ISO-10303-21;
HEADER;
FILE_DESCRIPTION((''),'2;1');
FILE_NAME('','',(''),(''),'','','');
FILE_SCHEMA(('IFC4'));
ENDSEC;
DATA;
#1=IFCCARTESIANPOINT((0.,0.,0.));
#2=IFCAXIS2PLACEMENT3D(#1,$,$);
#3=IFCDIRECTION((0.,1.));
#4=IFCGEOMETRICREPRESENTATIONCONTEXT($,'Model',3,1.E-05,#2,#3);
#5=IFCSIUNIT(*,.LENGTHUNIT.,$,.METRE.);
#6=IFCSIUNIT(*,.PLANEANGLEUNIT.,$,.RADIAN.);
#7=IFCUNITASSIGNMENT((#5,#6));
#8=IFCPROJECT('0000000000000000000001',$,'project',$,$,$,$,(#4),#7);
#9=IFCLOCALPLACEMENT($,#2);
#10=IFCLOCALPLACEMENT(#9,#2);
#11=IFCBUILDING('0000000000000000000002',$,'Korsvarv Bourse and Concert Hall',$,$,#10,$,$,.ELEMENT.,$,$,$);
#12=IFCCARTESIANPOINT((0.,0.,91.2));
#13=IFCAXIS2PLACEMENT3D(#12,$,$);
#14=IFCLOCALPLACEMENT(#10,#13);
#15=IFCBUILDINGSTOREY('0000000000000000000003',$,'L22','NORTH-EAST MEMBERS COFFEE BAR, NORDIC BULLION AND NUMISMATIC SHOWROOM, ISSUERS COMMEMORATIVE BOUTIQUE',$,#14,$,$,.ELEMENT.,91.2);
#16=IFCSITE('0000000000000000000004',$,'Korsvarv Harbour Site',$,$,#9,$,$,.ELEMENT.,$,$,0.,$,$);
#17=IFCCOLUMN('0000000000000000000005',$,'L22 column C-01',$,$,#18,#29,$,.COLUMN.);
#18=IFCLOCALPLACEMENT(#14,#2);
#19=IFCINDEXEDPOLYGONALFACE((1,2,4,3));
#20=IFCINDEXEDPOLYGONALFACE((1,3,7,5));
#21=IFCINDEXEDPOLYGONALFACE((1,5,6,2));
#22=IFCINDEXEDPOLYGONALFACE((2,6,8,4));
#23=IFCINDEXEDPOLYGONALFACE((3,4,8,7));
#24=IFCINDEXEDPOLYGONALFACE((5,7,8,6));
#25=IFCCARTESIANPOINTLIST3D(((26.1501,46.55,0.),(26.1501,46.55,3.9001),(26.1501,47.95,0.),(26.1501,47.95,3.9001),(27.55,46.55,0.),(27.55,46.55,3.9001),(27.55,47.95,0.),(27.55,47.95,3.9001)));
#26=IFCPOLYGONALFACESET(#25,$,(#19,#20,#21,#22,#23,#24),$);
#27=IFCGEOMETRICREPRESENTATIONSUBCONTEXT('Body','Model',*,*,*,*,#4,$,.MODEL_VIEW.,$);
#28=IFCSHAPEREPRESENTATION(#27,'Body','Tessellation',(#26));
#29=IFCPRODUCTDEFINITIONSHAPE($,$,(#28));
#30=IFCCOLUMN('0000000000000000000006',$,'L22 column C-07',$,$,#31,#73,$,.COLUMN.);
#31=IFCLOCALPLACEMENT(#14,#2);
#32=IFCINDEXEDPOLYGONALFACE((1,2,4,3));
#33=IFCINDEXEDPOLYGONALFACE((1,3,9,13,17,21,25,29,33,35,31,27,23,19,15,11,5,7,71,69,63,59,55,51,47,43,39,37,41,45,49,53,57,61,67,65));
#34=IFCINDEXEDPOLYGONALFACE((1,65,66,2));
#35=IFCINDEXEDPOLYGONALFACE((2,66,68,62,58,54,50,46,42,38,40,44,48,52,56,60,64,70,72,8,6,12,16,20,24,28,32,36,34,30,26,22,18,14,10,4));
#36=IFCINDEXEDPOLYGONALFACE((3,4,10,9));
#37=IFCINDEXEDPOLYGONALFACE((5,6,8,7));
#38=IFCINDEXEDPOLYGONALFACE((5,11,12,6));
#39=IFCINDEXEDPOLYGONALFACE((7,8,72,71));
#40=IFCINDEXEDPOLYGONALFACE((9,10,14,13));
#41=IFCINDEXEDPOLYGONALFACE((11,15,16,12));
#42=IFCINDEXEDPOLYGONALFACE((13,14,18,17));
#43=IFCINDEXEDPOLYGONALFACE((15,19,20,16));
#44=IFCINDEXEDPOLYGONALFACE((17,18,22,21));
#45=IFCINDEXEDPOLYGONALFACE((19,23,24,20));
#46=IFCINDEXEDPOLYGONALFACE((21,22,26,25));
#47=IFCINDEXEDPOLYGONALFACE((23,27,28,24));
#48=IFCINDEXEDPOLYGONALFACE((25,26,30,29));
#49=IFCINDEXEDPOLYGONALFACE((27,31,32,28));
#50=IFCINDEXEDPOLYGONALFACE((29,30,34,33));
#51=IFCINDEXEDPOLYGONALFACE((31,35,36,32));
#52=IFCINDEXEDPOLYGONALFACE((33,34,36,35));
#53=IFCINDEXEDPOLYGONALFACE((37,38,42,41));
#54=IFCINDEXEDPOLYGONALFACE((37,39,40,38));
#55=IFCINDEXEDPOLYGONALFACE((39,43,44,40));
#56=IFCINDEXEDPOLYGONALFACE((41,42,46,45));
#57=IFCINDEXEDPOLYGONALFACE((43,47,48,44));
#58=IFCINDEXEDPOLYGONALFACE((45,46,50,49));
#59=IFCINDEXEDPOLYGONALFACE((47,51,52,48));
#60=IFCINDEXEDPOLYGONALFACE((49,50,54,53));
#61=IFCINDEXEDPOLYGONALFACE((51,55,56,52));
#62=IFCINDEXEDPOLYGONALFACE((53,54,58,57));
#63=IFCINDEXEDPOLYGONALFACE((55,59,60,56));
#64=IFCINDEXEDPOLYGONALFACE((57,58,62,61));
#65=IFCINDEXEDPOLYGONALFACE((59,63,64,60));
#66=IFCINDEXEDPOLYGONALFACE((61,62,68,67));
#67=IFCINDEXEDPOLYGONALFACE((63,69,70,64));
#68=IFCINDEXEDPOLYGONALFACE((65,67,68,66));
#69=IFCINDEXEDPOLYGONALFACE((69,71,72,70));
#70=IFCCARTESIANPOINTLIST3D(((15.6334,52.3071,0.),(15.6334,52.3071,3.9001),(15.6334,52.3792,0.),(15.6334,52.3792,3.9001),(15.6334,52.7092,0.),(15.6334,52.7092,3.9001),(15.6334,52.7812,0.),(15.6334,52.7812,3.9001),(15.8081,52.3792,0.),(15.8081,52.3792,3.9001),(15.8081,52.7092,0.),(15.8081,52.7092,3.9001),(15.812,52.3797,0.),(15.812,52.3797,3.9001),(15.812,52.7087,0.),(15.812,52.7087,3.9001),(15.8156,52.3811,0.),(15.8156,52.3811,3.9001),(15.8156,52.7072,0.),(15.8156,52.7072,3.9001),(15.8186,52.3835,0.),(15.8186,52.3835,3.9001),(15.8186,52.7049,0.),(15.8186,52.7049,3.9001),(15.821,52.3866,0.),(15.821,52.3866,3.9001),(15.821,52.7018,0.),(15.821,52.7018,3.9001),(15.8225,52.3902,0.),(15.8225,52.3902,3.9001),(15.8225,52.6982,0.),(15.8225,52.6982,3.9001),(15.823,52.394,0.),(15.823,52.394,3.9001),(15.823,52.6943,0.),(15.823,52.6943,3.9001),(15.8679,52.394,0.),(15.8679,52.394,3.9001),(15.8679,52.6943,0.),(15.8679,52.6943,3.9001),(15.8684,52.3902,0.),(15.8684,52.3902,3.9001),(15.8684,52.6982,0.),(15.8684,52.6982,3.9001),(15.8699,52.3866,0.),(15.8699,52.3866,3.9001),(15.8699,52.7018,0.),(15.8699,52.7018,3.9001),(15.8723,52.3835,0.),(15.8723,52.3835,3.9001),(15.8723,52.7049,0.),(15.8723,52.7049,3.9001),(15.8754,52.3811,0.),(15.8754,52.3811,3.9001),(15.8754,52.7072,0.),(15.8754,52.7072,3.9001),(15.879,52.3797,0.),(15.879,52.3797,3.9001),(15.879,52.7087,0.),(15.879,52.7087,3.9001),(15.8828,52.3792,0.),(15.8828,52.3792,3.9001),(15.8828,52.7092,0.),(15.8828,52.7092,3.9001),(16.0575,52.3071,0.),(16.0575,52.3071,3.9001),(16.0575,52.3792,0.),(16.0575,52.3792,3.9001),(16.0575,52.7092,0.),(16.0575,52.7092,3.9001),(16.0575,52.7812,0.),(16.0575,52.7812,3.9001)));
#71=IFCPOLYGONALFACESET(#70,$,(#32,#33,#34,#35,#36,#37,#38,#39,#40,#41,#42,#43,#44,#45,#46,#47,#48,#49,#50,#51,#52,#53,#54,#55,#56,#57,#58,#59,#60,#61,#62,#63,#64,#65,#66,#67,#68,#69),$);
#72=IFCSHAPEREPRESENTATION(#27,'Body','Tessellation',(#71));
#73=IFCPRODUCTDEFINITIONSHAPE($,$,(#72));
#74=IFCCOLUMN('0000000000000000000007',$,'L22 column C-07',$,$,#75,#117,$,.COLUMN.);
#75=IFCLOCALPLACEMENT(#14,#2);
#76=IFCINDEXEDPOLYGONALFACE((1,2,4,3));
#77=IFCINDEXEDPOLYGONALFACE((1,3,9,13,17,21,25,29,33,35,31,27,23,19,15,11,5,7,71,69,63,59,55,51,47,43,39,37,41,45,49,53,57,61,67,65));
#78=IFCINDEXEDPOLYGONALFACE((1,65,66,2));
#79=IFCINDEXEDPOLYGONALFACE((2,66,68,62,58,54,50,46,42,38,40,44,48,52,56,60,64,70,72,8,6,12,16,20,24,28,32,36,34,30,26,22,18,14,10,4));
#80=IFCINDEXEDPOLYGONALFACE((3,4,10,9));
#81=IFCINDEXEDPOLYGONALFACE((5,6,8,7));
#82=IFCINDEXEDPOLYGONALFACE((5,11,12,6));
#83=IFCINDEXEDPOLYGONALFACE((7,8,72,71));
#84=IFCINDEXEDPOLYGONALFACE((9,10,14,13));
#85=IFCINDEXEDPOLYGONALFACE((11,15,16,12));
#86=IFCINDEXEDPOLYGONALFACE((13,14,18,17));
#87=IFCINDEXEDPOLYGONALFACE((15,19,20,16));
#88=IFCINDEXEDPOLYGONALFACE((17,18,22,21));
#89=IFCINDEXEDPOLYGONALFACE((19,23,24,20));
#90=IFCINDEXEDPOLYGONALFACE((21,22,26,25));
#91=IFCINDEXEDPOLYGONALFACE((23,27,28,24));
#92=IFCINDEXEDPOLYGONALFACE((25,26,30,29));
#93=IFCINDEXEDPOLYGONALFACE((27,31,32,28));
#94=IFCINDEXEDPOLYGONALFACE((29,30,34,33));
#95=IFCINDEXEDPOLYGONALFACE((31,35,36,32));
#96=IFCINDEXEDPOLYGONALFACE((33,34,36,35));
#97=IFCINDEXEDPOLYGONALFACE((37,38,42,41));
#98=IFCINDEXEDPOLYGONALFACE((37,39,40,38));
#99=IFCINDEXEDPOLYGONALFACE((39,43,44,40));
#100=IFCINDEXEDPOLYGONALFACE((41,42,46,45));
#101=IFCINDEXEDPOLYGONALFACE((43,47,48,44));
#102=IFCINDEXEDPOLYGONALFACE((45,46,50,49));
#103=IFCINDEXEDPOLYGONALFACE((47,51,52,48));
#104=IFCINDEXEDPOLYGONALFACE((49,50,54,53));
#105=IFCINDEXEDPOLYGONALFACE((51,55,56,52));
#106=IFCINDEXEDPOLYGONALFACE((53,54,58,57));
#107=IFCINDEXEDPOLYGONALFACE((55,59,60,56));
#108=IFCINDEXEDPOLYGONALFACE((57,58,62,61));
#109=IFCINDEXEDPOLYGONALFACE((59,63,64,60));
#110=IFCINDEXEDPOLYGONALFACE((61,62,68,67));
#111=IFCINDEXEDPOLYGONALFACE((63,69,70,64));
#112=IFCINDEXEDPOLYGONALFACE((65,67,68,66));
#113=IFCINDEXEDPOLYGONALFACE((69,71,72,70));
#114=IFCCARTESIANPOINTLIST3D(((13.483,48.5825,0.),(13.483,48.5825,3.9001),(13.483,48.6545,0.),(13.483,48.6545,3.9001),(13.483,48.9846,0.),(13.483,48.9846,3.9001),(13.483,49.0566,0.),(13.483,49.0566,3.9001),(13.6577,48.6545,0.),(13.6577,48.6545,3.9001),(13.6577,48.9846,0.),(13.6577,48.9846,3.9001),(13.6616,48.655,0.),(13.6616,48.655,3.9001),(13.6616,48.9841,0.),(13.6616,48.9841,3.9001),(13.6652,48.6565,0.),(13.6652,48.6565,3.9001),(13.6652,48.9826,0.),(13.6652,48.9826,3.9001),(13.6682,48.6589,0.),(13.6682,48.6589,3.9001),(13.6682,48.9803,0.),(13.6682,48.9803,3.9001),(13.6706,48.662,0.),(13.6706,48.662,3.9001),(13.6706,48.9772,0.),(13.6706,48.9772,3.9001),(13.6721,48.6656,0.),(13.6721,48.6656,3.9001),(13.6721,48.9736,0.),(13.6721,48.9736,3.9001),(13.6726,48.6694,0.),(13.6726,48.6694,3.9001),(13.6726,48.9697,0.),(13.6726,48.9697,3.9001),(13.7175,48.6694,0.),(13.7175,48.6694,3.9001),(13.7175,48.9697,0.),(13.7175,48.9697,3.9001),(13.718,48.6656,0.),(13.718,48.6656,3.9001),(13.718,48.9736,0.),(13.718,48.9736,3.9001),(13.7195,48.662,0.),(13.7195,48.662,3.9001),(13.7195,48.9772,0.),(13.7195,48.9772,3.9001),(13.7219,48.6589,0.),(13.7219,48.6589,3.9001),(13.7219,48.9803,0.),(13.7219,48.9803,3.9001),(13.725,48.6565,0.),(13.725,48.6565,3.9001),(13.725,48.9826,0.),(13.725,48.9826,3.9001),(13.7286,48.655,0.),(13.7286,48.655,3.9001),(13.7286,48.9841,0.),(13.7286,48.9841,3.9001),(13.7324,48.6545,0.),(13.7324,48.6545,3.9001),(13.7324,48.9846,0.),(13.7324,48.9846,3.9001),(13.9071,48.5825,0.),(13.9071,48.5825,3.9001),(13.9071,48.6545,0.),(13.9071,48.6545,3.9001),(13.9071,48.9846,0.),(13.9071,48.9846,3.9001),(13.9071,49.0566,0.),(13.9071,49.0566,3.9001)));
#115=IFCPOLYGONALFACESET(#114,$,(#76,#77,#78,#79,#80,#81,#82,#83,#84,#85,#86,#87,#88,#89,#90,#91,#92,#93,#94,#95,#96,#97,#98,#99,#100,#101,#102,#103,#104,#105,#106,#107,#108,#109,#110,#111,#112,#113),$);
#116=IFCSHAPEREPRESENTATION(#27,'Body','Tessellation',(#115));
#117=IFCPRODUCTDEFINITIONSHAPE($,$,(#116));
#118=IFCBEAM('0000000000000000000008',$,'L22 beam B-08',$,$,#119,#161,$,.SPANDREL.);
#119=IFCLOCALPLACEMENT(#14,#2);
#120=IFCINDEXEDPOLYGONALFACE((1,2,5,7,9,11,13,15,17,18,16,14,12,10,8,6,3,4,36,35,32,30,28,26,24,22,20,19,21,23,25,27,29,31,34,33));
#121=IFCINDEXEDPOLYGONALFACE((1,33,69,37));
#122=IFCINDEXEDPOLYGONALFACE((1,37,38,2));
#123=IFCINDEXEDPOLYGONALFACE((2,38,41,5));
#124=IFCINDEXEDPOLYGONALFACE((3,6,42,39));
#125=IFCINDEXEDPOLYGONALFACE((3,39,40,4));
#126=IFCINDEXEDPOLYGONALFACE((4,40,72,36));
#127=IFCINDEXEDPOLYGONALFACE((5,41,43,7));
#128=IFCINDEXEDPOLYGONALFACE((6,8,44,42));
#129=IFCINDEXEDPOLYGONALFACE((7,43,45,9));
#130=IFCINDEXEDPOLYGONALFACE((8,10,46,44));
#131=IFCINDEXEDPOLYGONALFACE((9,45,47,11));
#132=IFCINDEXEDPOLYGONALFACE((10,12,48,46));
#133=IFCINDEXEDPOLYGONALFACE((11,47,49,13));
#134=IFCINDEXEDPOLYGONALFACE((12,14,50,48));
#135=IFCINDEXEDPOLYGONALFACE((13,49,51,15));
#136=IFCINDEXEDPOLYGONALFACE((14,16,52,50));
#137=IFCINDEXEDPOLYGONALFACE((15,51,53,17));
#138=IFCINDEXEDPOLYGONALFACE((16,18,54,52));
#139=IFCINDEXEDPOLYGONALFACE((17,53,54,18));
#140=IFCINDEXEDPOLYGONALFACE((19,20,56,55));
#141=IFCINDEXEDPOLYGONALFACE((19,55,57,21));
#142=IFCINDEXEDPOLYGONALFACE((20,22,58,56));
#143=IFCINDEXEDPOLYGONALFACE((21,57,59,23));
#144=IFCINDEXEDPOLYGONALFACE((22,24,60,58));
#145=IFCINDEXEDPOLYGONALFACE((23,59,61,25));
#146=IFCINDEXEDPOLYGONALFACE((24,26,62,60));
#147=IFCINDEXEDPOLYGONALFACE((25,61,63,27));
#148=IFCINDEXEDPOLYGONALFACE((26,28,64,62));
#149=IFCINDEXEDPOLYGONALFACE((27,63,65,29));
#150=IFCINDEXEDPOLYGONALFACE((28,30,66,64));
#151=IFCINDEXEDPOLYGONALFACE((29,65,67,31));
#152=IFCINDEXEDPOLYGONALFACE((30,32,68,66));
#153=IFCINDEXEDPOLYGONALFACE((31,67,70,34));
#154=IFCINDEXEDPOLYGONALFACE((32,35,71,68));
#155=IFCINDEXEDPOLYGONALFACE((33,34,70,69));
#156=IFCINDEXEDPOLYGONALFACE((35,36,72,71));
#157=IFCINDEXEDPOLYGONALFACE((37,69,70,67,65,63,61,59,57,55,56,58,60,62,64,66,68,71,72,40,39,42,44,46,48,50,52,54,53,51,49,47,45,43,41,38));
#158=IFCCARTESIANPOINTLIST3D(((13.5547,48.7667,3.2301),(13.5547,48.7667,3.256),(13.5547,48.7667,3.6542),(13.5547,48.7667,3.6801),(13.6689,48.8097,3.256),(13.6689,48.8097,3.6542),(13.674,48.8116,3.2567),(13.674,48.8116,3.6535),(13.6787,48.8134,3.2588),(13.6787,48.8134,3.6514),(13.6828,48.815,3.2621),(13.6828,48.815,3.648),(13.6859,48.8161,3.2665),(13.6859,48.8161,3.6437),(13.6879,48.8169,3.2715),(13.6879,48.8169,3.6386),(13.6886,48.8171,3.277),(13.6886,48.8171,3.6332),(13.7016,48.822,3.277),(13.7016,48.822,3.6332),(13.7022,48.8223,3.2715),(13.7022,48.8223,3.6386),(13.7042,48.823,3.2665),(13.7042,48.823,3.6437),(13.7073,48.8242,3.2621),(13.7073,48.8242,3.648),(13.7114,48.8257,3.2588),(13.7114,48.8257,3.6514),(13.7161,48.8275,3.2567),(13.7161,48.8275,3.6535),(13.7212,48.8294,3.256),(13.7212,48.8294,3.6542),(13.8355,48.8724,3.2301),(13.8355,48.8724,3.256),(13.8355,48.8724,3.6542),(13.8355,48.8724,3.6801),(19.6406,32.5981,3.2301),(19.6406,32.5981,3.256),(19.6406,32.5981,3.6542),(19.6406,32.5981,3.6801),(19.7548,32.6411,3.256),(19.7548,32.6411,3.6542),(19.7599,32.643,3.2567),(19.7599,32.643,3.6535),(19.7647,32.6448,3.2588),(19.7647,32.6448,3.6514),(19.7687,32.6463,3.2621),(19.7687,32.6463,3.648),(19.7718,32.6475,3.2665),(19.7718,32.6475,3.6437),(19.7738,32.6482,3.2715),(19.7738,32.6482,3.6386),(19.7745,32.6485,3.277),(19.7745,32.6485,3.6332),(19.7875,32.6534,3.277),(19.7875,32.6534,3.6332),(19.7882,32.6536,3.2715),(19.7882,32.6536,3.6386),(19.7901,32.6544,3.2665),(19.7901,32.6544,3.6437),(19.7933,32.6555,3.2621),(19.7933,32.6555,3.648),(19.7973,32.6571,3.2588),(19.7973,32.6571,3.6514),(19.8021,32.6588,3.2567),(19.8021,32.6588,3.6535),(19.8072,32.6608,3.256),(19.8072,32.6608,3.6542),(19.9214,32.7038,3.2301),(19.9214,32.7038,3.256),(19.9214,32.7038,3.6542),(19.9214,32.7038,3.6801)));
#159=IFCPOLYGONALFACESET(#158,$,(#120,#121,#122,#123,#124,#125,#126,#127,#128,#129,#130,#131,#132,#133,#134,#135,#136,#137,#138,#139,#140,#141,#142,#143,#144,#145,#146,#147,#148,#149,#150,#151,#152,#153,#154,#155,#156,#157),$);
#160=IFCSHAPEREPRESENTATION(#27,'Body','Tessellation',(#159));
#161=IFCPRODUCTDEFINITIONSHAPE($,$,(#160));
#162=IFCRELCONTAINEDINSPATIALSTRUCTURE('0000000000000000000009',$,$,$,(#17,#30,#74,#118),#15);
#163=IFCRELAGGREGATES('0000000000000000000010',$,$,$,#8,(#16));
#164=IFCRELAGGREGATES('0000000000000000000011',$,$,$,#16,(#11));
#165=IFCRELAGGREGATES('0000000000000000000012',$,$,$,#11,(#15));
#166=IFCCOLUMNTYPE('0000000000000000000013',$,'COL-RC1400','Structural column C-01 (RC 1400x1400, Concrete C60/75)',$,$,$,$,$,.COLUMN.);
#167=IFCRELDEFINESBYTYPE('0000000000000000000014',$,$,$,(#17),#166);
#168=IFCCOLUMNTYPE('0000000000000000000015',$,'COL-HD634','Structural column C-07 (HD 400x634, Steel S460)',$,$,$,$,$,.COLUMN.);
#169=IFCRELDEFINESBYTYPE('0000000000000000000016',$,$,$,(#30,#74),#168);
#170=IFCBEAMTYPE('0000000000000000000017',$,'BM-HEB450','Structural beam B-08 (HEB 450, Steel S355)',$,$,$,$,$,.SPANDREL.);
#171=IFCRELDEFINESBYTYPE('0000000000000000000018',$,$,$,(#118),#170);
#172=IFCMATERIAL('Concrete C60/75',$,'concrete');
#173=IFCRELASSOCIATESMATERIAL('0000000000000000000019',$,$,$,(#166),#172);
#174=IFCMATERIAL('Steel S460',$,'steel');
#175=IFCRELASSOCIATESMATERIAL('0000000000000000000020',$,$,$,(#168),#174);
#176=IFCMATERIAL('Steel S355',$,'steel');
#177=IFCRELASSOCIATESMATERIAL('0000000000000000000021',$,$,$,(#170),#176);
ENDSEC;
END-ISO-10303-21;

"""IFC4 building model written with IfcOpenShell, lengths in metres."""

from ifc_helpers import new_model, si_unit, direction, frame, origin, origin_2d, place, context, subcontext, project, spatial, rectangle, i_section, extrude, source, transform, mapped, material, material_profile, profile_set, type_object, element, save


model = new_model("IFC4")

# Units and contexts
model_context = context("Model", 3, precision=1e-05, world=origin(), true_north=direction((0.0, 1.0)))
body_context = subcontext(model_context, "Body", "Model", "MODEL_VIEW")
ifc_project = project(units=[si_unit("LENGTHUNIT", "METRE"), si_unit("PLANEANGLEUNIT", "RADIAN")], contexts=[model_context])

# Site, building, storey
site_placement = place(None, origin())
site = spatial("IfcSite", under=ifc_project, at=site_placement, Name="Korsvarv Harbour Site", CompositionType="ELEMENT", RefElevation=0.0)
building_placement = place(site_placement, origin())
building = spatial("IfcBuilding", under=site, at=building_placement, Name="Korsvarv Bourse and Concert Hall", CompositionType="ELEMENT")
storey_placement = place(building_placement, frame((0.0, 0.0, 91.2)))
storey = spatial("IfcBuildingStorey", under=building, at=storey_placement, Name="L22", Description="NORTH-EAST MEMBERS COFFEE BAR, NORDIC BULLION AND NUMISMATIC SHOWROOM, ISSUERS COMMEMORATIVE BOUTIQUE", CompositionType="ELEMENT", Elevation=91.2)

# Columns
ifc_material_1 = material(Name="Concrete C60/75", Category="concrete")
ifc_material_profile_1 = material_profile(ifc_material_1, rectangle(XDim=1.3999, YDim=1.3999, at=origin_2d()), Name="RC 1400x1400")
ifc_profile_set_1 = profile_set([ifc_material_profile_1], Name="Concrete C60/75")
column_type_1 = type_object("IfcColumnType", Name="COL-RC1400", Description="Structural column C-01 (RC 1400x1400, Concrete C60/75)", PredefinedType="COLUMN", material=ifc_profile_set_1)
shared_shape_1 = source(origin(), body_context, "Body", "SweptSolid", [
    extrude(rectangle(XDim=1.3999, YDim=1.3999, at=origin_2d()), origin(), (0.0, 0.0, 1.0), 3.9001),
])
column_placement = place(storey_placement, frame((26.8501, 47.25, 0.0), z_axis=(0.0, 0.0, 1.0), x_axis=(1.0, 0.0, 0.0)))
element("IfcColumn", 1, at=column_placement, inside=storey, type_object=column_type_1, Name="L22 column C-01", PredefinedType="COLUMN", context=body_context, shape_type="MappedRepresentation", body=[
    mapped(shared_shape_1, transform((0.0, 0.0, 0.0), scale=1.0)),
])
ifc_material_2 = material(Name="Steel S460", Category="steel")
ifc_material_profile_2 = material_profile(ifc_material_2, i_section(OverallWidth=0.4241, OverallDepth=0.4741, WebThickness=0.0449, FlangeThickness=0.072, FilletRadius=0.0149, at=origin_2d()), Name="HD 400x634")
ifc_profile_set_2 = profile_set([ifc_material_profile_2], Name="Steel S460")
column_type_2 = type_object("IfcColumnType", Name="COL-HD634", Description="Structural column C-07 (HD 400x634, Steel S460)", PredefinedType="COLUMN", material=ifc_profile_set_2)
shared_shape_2 = source(origin(), body_context, "Body", "SweptSolid", [
    extrude(i_section(OverallWidth=0.4241, OverallDepth=0.4741, WebThickness=0.0449, FlangeThickness=0.072, FilletRadius=0.0149, at=origin_2d()), origin(), (0.0, 0.0, 1.0), 3.9001),
])
for number, where, z_axis, x_axis, name in (
    (2, (15.8455, 52.5442, 0.0), (0.0, 0.0, 1.0), (1.0, 0.0, 0.0), "L22 column C-07"),
    (3, (13.6951, 48.8196, 0.0), (0.0, 0.0, 1.0), (1.0, 0.0, 0.0), "L22 column C-07"),
):
    element("IfcColumn", number, at=place(storey_placement, frame(where, z_axis=z_axis, x_axis=x_axis)), inside=storey, type_object=column_type_2, Name=name, PredefinedType="COLUMN", context=body_context, shape_type="MappedRepresentation", body=[
        mapped(shared_shape_2, transform((0.0, 0.0, 0.0), scale=1.0)),
    ])

# Beam
ifc_material_3 = material(Name="Steel S355", Category="steel")
ifc_material_profile_3 = material_profile(ifc_material_3, i_section(OverallWidth=0.3, OverallDepth=0.45, WebThickness=0.0139, FlangeThickness=0.0259, FilletRadius=0.021, at=origin_2d()), Name="HEB 450")
ifc_profile_set_3 = profile_set([ifc_material_profile_3], Name="Steel S355")
beam_type_1 = type_object("IfcBeamType", Name="BM-HEB450", Description="Structural beam B-08 (HEB 450, Steel S355)", PredefinedType="SPANDREL", material=ifc_profile_set_3)
shared_shape_3 = source(origin(), body_context, "Body", "SweptSolid", [
    extrude(i_section(OverallWidth=0.3, OverallDepth=0.45, WebThickness=0.0139, FlangeThickness=0.0259, FilletRadius=0.021, at=origin_2d()), origin(), (0.0, 0.0, 1.0), 17.2761),
])
beam_1_placement = place(storey_placement, frame((13.6951, 48.8196, 3.4551), z_axis=(0.352274, -0.935897, 0.0), x_axis=(0.935897, 0.352274, 0.0)))
element("IfcBeam", 4, at=beam_1_placement, inside=storey, type_object=beam_type_1, Name="L22 beam B-08", PredefinedType="SPANDREL", context=body_context, shape_type="MappedRepresentation", body=[
    mapped(shared_shape_3, transform((0.0, 0.0, 0.0), scale=1.0)),
])

save(model, "model.ifc")
